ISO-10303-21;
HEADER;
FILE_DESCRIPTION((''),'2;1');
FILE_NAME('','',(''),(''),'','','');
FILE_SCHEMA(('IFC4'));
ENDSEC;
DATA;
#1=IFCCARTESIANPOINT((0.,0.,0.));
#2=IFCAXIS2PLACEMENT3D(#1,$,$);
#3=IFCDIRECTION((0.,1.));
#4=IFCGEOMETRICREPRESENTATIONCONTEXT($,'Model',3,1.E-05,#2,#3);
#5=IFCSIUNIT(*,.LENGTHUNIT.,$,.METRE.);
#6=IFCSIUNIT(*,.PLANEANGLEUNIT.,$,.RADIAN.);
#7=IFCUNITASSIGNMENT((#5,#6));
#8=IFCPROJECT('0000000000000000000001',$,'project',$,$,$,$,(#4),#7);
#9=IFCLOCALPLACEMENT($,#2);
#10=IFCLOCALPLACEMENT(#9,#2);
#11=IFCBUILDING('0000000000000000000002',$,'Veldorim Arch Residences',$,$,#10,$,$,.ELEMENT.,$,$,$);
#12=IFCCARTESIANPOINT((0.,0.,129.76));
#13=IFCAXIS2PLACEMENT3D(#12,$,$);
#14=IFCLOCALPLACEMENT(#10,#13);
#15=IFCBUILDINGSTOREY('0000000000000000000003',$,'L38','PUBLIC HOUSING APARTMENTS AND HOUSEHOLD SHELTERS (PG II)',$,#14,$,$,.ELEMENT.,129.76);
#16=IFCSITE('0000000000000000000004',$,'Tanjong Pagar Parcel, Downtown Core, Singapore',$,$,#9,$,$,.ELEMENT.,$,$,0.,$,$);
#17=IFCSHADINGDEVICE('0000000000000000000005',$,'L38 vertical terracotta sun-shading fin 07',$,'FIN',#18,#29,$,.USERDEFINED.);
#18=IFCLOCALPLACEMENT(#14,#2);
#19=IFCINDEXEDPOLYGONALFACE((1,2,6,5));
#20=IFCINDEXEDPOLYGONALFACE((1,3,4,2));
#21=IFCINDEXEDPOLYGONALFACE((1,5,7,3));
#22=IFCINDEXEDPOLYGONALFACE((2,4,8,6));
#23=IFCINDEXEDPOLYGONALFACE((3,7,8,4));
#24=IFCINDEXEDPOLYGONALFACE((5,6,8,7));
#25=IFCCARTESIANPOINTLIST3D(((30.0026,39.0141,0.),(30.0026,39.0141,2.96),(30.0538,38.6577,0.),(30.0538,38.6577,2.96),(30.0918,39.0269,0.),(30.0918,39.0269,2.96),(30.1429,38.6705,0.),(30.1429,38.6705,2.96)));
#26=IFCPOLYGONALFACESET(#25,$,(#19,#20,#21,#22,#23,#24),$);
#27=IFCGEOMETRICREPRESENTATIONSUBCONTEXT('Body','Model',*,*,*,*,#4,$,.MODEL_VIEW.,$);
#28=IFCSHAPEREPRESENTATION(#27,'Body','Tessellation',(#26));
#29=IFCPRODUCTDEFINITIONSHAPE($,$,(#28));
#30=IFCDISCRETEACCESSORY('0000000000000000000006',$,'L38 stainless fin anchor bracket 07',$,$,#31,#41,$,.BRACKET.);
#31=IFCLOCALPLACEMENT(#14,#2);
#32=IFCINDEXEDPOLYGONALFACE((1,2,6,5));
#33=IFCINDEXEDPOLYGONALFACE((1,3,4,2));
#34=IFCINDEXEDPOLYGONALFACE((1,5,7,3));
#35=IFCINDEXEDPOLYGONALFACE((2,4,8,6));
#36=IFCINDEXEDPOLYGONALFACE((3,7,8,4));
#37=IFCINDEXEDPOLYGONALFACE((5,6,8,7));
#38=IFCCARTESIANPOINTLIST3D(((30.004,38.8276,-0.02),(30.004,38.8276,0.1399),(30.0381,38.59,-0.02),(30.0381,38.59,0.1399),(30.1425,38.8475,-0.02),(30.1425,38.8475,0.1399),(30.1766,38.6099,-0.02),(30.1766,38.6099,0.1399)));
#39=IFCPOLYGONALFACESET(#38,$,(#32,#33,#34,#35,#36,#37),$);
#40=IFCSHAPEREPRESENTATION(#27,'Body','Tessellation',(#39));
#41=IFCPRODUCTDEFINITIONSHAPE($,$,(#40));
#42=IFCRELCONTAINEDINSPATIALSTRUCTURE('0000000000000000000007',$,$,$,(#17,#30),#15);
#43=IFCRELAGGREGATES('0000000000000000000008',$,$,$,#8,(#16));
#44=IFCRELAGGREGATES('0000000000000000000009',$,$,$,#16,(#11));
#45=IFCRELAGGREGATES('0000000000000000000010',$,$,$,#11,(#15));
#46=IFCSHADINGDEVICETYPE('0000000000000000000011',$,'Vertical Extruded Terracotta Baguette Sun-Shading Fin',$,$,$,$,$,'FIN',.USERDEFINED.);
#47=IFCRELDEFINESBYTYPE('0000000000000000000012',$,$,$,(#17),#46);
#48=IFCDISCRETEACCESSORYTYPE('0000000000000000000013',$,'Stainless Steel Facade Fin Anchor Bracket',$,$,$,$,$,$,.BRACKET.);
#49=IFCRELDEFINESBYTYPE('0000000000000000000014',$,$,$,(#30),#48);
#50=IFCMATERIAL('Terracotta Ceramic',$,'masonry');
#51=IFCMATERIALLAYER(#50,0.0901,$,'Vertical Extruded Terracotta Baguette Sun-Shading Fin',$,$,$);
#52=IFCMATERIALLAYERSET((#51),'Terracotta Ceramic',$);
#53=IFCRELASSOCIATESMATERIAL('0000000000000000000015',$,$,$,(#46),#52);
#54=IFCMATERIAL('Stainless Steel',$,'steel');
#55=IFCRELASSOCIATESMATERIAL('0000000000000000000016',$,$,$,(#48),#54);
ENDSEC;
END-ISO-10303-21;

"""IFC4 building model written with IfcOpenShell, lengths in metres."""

from ifc_helpers import new_model, si_unit, direction, frame, origin, origin_2d, place, context, subcontext, project, spatial, rectangle, extrude, material, layer, layer_set, type_object, element, save


model = new_model("IFC4")

# Units and contexts
model_context = context("Model", 3, precision=1e-05, world=origin(), true_north=direction((0.0, 1.0)))
body_context = subcontext(model_context, "Body", "Model", "MODEL_VIEW")
ifc_project = project(units=[si_unit("LENGTHUNIT", "METRE"), si_unit("PLANEANGLEUNIT", "RADIAN")], contexts=[model_context])

# Site, building, storey
site_placement = place(None, origin())
site = spatial("IfcSite", under=ifc_project, at=site_placement, Name="Tanjong Pagar Parcel, Downtown Core, Singapore", CompositionType="ELEMENT", RefElevation=0.0)
building_placement = place(site_placement, origin())
building = spatial("IfcBuilding", under=site, at=building_placement, Name="Veldorim Arch Residences", CompositionType="ELEMENT")
storey_placement = place(building_placement, frame((0.0, 0.0, 129.76)))
storey = spatial("IfcBuildingStorey", under=building, at=storey_placement, Name="L38", Description="PUBLIC HOUSING APARTMENTS AND HOUSEHOLD SHELTERS (PG II)", CompositionType="ELEMENT", Elevation=129.76)

# Shading device
ifc_material_1 = material(Name="Terracotta Ceramic", Category="masonry")
ifc_layer_1 = layer(ifc_material_1, 0.0901, Name="Vertical Extruded Terracotta Baguette Sun-Shading Fin")
ifc_layer_set_1 = layer_set([ifc_layer_1], Name="Terracotta Ceramic")
shading_device_type = type_object("IfcShadingDeviceType", Name="Vertical Extruded Terracotta Baguette Sun-Shading Fin", ElementType="FIN", PredefinedType="USERDEFINED", material=ifc_layer_set_1)
shading_device_placement = place(storey_placement, frame((30.0728, 38.8423, 0.0), z_axis=(0.0, 0.0, 1.0), x_axis=(0.989851, 0.142111, 0.0)))
element("IfcShadingDevice", 1, at=shading_device_placement, inside=storey, type_object=shading_device_type, Name="L38 vertical terracotta sun-shading fin 07", ObjectType="FIN", PredefinedType="USERDEFINED", context=body_context, shape_type="SweptSolid", body=[
    extrude(rectangle(XDim=0.0901, YDim=0.3601, at=origin_2d()), origin(), (0.0, 0.0, 1.0), 2.96),
])

# Discrete accessory
ifc_material_2 = material(Name="Stainless Steel", Category="steel")
discrete_accessory_type = type_object("IfcDiscreteAccessoryType", Name="Stainless Steel Facade Fin Anchor Bracket", PredefinedType="BRACKET", material=ifc_material_2)
discrete_accessory_placement = place(storey_placement, frame((30.0903, 38.7188, -0.02), z_axis=(0.0, 0.0, 1.0), x_axis=(0.989851, 0.142111, 0.0)))
element("IfcDiscreteAccessory", 2, at=discrete_accessory_placement, inside=storey, type_object=discrete_accessory_type, Name="L38 stainless fin anchor bracket 07", PredefinedType="BRACKET", context=body_context, shape_type="SweptSolid", body=[
    extrude(rectangle(XDim=0.1399, YDim=0.24, at=origin_2d()), origin(), (0.0, 0.0, 1.0), 0.1599),
])

save(model, "model.ifc")
